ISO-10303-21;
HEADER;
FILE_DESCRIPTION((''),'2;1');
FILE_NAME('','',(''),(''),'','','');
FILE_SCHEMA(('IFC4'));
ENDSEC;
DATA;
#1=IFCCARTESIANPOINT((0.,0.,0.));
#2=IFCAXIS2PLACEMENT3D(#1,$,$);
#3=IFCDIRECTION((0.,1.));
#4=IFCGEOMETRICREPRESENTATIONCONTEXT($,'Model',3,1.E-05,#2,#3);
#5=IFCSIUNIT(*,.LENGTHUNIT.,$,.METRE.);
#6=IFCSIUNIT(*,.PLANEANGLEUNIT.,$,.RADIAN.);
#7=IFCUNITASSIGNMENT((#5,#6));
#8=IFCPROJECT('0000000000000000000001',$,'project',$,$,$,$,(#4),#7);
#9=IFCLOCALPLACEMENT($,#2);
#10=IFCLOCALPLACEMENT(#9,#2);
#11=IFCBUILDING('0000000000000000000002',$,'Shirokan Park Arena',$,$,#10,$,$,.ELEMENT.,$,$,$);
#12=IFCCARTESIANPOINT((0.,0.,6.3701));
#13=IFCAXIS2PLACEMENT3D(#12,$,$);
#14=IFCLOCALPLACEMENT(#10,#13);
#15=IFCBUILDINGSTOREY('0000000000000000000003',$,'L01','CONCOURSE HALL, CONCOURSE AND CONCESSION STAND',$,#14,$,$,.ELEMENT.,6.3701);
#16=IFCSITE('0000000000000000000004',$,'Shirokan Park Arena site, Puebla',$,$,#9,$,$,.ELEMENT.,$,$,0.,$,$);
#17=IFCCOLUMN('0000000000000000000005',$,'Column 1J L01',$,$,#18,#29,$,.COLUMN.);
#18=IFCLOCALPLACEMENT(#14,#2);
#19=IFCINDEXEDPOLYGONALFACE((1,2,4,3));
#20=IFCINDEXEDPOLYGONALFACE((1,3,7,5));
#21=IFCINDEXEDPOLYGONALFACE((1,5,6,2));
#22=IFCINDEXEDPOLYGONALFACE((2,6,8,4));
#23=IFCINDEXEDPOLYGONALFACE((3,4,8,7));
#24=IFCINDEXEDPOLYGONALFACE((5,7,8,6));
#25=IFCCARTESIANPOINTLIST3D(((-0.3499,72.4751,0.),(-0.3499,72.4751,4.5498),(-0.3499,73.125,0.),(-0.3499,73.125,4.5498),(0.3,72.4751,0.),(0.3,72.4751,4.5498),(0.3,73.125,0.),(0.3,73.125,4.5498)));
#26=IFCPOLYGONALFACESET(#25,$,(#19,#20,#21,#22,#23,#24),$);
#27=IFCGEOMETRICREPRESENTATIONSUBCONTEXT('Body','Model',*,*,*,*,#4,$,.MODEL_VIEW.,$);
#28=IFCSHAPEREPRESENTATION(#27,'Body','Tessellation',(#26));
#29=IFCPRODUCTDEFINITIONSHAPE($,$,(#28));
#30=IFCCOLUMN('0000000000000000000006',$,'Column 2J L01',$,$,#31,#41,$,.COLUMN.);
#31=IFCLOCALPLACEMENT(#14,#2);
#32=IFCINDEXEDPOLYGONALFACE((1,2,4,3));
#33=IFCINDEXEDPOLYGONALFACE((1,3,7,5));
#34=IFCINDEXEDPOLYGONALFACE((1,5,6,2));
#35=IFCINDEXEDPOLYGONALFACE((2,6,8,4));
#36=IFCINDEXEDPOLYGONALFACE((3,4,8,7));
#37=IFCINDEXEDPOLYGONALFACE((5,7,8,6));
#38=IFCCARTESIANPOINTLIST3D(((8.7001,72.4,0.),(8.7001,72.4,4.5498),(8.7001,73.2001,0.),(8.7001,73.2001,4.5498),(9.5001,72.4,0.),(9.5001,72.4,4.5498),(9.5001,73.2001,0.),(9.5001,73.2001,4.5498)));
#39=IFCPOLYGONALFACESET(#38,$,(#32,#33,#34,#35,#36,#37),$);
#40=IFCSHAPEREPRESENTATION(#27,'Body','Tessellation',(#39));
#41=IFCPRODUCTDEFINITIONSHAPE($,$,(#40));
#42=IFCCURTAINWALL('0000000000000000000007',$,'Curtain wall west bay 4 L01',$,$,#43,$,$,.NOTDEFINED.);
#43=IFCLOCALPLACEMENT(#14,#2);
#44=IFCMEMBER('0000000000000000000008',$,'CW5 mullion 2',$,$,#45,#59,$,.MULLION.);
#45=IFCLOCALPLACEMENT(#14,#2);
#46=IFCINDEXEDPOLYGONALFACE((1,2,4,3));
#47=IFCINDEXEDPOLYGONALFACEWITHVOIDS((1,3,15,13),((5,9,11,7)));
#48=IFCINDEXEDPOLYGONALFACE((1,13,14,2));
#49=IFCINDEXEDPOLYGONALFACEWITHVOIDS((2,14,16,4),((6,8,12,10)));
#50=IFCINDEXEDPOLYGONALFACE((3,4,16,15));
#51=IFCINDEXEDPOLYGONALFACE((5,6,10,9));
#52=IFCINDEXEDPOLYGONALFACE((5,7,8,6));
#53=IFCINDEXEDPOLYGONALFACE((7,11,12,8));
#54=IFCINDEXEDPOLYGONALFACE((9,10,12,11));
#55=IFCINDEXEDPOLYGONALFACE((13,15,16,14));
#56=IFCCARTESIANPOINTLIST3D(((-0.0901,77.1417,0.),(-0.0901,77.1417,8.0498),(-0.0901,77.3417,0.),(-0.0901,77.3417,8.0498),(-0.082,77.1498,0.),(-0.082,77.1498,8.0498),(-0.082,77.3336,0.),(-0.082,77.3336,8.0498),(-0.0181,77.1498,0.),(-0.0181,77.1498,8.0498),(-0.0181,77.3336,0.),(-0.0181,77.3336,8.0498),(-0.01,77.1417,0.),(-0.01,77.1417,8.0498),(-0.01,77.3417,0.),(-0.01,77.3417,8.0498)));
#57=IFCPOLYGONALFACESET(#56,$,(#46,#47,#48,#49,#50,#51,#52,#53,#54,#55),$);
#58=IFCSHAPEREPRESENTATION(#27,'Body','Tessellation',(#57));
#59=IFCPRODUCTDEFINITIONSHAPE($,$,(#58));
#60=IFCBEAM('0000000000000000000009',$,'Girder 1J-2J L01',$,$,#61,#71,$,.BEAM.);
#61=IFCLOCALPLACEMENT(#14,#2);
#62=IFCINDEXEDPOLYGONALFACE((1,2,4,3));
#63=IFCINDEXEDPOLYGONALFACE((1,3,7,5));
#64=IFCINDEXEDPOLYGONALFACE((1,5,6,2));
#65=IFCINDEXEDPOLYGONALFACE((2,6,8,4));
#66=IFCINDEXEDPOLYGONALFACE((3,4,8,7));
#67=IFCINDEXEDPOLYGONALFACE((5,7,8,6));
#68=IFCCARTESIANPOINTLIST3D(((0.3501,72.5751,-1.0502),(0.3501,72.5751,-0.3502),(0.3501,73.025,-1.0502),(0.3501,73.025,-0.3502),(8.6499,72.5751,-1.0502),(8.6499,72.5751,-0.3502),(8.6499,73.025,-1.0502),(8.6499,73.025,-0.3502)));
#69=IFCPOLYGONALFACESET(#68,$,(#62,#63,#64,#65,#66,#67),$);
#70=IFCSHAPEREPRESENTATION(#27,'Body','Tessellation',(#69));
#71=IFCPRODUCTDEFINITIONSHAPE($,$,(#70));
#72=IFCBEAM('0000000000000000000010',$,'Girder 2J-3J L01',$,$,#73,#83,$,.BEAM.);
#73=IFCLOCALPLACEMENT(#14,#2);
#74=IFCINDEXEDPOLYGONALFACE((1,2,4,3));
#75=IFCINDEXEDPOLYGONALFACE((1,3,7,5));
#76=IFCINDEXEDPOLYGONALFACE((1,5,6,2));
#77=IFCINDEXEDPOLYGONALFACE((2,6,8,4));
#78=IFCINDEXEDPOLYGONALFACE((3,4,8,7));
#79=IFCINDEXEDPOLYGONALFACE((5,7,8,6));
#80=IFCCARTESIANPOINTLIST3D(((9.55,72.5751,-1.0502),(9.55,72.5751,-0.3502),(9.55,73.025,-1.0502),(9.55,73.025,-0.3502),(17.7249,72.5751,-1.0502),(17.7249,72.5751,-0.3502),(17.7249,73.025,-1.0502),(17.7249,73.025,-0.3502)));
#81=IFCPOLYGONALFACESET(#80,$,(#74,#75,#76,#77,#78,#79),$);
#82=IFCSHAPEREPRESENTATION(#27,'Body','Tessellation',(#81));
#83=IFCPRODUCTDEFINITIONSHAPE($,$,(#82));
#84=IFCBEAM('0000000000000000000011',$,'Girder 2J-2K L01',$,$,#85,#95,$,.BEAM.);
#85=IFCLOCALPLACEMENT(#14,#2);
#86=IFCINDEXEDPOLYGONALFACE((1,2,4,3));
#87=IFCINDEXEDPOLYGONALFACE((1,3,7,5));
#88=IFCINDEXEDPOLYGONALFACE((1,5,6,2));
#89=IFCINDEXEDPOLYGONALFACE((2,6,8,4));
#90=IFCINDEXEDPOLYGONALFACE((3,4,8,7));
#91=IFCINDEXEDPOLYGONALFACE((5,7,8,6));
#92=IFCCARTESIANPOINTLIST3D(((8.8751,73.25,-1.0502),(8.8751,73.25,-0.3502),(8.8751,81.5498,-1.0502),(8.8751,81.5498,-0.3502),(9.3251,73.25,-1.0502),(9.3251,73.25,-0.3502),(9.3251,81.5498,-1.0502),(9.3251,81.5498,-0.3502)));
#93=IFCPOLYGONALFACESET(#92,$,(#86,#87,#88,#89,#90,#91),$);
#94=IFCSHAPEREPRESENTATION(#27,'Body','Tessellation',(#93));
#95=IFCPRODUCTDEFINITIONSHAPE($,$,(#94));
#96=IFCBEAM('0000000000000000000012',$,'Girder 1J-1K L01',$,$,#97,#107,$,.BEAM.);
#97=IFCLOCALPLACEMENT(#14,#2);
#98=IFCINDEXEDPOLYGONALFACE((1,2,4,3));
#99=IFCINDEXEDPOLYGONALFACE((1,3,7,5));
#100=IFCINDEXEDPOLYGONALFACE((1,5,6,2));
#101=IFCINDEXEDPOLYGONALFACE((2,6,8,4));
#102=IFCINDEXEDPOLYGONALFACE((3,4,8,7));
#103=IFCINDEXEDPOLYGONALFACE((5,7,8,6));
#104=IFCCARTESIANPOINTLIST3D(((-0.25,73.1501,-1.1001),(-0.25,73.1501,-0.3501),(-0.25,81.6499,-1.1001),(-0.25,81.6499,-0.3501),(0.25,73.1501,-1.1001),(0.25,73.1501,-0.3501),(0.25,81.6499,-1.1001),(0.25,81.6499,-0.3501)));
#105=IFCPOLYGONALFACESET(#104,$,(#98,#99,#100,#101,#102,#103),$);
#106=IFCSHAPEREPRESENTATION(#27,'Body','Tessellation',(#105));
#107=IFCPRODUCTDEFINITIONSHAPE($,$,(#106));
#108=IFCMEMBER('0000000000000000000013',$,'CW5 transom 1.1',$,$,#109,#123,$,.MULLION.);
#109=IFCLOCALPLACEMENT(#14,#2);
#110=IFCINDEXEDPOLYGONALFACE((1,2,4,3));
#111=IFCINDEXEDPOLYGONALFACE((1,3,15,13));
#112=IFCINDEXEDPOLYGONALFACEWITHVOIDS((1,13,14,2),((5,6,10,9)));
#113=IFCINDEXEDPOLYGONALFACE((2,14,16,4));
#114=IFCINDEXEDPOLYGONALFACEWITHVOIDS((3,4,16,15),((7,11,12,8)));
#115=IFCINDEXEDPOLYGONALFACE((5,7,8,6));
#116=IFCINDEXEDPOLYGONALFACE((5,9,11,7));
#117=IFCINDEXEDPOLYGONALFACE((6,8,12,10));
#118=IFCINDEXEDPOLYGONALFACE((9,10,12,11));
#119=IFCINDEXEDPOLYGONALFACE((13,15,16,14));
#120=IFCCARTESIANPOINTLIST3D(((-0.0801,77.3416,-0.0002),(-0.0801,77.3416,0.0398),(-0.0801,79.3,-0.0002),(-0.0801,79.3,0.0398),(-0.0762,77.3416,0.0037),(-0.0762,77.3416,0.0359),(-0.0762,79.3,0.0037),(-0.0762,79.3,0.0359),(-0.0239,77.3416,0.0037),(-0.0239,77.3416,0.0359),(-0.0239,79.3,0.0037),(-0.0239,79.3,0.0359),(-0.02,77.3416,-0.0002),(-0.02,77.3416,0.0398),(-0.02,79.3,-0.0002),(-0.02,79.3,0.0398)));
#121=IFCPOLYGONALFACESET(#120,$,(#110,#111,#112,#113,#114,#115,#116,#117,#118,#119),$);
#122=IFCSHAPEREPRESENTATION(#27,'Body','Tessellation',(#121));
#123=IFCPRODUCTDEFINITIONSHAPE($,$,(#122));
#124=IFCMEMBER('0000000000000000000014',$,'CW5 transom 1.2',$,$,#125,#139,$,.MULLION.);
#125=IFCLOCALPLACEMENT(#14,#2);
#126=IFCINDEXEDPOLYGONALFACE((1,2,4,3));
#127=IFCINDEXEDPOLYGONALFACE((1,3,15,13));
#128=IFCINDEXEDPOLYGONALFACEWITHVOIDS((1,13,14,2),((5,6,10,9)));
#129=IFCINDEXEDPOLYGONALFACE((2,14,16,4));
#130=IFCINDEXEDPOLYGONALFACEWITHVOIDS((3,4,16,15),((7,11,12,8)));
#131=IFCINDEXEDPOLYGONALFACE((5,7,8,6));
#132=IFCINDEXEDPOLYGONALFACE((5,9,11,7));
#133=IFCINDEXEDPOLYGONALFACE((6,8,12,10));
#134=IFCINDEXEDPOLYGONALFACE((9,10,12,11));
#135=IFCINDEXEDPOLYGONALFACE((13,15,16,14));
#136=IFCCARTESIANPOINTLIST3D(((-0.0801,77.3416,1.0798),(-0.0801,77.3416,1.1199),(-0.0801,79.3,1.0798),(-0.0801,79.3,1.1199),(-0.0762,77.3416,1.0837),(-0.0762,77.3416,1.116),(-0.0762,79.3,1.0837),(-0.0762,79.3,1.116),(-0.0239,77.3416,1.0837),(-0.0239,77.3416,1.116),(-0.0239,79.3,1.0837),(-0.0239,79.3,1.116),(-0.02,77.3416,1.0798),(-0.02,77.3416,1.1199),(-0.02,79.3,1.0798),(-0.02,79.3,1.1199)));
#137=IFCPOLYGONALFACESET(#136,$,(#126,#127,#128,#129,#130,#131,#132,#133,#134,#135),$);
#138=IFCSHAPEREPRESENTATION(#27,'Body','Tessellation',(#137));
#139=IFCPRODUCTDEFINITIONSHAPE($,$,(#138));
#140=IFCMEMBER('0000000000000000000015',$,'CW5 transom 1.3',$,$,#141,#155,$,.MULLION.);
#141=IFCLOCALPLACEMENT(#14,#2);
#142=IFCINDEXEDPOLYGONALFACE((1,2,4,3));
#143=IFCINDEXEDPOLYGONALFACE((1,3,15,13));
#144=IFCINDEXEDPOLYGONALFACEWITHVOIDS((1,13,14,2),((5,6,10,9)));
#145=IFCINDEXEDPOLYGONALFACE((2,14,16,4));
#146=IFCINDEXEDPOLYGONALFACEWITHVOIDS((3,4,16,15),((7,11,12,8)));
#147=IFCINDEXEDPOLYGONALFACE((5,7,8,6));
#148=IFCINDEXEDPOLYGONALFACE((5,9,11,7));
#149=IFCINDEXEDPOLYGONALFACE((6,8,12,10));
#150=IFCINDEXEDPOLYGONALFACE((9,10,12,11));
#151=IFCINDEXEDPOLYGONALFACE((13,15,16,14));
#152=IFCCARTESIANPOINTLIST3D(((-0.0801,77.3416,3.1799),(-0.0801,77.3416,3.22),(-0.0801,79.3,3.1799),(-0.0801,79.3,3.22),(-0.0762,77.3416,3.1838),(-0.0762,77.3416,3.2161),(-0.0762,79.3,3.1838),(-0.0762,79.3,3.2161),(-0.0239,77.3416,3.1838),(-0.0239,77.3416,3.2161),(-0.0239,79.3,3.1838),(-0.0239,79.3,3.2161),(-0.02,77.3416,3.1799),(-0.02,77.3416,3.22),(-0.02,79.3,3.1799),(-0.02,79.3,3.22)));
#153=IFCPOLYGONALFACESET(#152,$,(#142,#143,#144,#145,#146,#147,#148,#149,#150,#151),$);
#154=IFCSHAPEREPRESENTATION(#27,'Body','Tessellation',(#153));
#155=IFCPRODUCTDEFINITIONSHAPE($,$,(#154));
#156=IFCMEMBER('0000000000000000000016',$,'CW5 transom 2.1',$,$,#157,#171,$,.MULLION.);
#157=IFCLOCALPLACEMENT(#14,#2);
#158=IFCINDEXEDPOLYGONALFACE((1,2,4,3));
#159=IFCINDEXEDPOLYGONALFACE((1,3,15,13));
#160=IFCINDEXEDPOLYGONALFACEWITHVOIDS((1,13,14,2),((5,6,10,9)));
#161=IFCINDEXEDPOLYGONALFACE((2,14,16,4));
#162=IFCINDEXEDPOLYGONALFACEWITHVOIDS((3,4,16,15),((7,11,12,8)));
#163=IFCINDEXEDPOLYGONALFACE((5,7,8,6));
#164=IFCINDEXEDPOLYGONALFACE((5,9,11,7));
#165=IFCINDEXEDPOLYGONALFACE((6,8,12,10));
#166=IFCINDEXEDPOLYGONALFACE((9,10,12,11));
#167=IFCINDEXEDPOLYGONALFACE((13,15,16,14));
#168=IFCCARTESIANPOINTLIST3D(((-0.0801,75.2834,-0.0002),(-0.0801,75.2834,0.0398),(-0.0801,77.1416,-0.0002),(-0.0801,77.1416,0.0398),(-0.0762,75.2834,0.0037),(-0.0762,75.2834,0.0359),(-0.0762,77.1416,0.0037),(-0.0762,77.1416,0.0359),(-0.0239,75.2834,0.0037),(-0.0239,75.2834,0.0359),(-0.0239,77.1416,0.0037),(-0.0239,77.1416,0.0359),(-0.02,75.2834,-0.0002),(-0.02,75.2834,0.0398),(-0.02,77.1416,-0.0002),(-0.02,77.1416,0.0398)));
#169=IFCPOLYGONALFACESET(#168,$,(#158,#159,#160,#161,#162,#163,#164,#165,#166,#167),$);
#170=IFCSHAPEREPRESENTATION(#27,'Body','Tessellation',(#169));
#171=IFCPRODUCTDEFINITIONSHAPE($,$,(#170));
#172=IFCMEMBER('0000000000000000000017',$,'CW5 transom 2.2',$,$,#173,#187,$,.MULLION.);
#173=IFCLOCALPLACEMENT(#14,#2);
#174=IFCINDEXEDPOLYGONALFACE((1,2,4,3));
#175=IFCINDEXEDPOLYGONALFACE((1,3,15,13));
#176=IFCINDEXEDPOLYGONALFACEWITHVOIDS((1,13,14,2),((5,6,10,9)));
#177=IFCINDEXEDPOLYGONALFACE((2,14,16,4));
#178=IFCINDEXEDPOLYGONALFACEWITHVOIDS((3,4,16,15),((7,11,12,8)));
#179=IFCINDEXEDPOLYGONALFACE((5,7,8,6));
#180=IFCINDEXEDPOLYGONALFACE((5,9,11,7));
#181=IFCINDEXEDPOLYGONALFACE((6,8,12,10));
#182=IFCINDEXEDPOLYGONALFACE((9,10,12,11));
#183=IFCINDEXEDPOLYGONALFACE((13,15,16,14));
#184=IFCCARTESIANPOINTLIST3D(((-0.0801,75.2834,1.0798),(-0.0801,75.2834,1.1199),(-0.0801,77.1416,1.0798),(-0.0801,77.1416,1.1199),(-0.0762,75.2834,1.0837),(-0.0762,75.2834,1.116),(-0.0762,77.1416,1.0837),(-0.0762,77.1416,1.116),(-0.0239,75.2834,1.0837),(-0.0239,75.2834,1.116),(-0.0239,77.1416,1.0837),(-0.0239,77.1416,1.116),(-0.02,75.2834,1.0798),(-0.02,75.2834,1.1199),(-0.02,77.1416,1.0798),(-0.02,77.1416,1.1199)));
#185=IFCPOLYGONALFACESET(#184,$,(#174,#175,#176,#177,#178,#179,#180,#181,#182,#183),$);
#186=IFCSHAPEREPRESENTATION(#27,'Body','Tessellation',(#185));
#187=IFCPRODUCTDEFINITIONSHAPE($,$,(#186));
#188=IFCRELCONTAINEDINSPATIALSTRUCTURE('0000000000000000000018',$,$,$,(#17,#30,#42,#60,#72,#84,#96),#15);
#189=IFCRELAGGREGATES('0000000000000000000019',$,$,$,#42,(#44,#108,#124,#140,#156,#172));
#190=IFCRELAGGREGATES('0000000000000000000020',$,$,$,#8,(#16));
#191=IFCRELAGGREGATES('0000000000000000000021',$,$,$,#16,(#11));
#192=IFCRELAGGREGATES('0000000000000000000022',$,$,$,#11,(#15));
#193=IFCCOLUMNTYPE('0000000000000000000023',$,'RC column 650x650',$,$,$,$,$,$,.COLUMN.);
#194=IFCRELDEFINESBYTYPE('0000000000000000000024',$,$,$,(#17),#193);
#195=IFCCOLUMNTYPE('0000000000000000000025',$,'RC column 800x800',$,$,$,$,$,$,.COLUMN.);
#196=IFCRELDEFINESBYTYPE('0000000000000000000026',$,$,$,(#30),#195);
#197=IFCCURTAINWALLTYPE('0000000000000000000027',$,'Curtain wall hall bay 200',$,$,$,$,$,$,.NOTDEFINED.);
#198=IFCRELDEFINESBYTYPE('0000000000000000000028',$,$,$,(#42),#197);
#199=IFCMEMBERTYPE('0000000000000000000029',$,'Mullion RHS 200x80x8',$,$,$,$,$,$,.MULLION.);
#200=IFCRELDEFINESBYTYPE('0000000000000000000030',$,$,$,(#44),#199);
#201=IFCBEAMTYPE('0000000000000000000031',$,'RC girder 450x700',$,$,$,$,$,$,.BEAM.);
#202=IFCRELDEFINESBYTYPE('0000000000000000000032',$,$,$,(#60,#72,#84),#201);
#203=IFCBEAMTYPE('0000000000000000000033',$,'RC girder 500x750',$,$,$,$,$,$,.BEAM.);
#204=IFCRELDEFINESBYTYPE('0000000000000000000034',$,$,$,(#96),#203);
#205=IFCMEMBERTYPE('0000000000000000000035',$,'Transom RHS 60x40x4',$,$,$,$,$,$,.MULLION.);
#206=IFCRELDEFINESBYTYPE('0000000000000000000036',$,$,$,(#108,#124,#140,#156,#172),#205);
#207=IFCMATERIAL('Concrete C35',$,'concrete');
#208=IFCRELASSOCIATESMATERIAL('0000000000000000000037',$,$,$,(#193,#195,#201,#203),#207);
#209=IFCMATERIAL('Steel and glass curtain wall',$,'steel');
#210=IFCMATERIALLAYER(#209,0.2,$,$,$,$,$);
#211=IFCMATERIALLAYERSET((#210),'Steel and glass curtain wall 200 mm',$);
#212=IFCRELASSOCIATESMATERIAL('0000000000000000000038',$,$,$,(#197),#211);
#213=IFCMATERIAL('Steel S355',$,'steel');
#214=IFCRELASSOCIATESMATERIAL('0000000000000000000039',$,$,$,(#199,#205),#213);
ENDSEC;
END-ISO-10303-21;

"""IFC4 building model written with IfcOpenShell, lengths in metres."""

from ifc_helpers import new_model, si_unit, direction, frame, origin, origin_2d, place, context, subcontext, project, spatial, rectangle, hollow_rectangle, extrude, material, layer, layer_set, material_profile, profile_set, type_object, element, aggregate, save


model = new_model("IFC4")

# Units and contexts
model_context = context("Model", 3, precision=1e-05, world=origin(), true_north=direction((0.0, 1.0)))
body_context = subcontext(model_context, "Body", "Model", "MODEL_VIEW")
ifc_project = project(units=[si_unit("LENGTHUNIT", "METRE"), si_unit("PLANEANGLEUNIT", "RADIAN")], contexts=[model_context])

# Site, building, storey
site_placement = place(None, origin())
site = spatial("IfcSite", under=ifc_project, at=site_placement, Name="Shirokan Park Arena site, Puebla", CompositionType="ELEMENT", RefElevation=0.0)
building_placement = place(site_placement, origin())
building = spatial("IfcBuilding", under=site, at=building_placement, Name="Shirokan Park Arena", CompositionType="ELEMENT")
storey_placement = place(building_placement, frame((0.0, 0.0, 6.3701)))
storey = spatial("IfcBuildingStorey", under=building, at=storey_placement, Name="L01", Description="CONCOURSE HALL, CONCOURSE AND CONCESSION STAND", CompositionType="ELEMENT", Elevation=6.3701)

# Columns
ifc_material_1 = material(Name="Concrete C35", Category="concrete")
ifc_material_profile_1 = material_profile(ifc_material_1, rectangle(XDim=0.6499, YDim=0.6499, at=origin_2d()), Name="650x650")
ifc_profile_set_1 = profile_set([ifc_material_profile_1], Name="Concrete C35")
column_type_1 = type_object("IfcColumnType", Name="RC column 650x650", PredefinedType="COLUMN", material=ifc_profile_set_1)
column_1_placement = place(storey_placement, frame((-0.0249, 72.8, 0.0), z_axis=(0.0, 0.0, 1.0), x_axis=(1.0, 0.0, 0.0)))
element("IfcColumn", 1, at=column_1_placement, inside=storey, type_object=column_type_1, Name="Column 1J L01", PredefinedType="COLUMN", context=body_context, shape_type="SweptSolid", body=[
    extrude(rectangle(XDim=0.6499, YDim=0.6499, at=origin_2d()), origin(), (0.0, 0.0, 1.0), 4.5498),
])
ifc_material_profile_2 = material_profile(ifc_material_1, rectangle(XDim=0.8, YDim=0.8, at=origin_2d()), Name="800x800")
ifc_profile_set_2 = profile_set([ifc_material_profile_2], Name="Concrete C35")
column_type_2 = type_object("IfcColumnType", Name="RC column 800x800", PredefinedType="COLUMN", material=ifc_profile_set_2)
column_2_placement = place(storey_placement, frame((9.1001, 72.8, 0.0), z_axis=(0.0, 0.0, 1.0), x_axis=(1.0, 0.0, 0.0)))
element("IfcColumn", 2, at=column_2_placement, inside=storey, type_object=column_type_2, Name="Column 2J L01", PredefinedType="COLUMN", context=body_context, shape_type="SweptSolid", body=[
    extrude(rectangle(XDim=0.8, YDim=0.8, at=origin_2d()), origin(), (0.0, 0.0, 1.0), 4.5498),
])

# Curtain wall, member
ifc_material_2 = material(Name="Steel and glass curtain wall", Category="steel")
ifc_layer_1 = layer(ifc_material_2, 0.2)
ifc_layer_set_1 = layer_set([ifc_layer_1], Name="Steel and glass curtain wall 200 mm")
curtain_wall_type = type_object("IfcCurtainWallType", Name="Curtain wall hall bay 200", PredefinedType="NOTDEFINED", material=ifc_layer_set_1)
curtain_wall_placement = place(storey_placement, origin())
curtain_wall = element("IfcCurtainWall", 3, at=curtain_wall_placement, inside=storey, type_object=curtain_wall_type, Name="Curtain wall west bay 4 L01", PredefinedType="NOTDEFINED")
ifc_material_3 = material(Name="Steel S355", Category="steel")
ifc_material_profile_3 = material_profile(ifc_material_3, hollow_rectangle(XDim=0.0801, YDim=0.2, WallThickness=0.0081, at=origin_2d()), Name="RHS 200x80x8")
ifc_profile_set_3 = profile_set([ifc_material_profile_3], Name="Steel S355")
member_type_1 = type_object("IfcMemberType", Name="Mullion RHS 200x80x8", PredefinedType="MULLION", material=ifc_profile_set_3)
member_1_placement = place(storey_placement, frame((-0.05, 77.2417, 0.0), z_axis=(0.0, 0.0, 1.0), x_axis=(1.0, 0.0, 0.0)))
member_1 = element("IfcMember", 4, at=member_1_placement, type_object=member_type_1, Name="CW5 mullion 2", PredefinedType="MULLION", context=body_context, shape_type="SweptSolid", body=[
    extrude(hollow_rectangle(XDim=0.0801, YDim=0.2, WallThickness=0.0081, at=origin_2d()), origin(), (0.0, 0.0, 1.0), 8.0498),
])

# Beams
ifc_material_profile_4 = material_profile(ifc_material_1, rectangle(XDim=0.45, YDim=0.7, at=origin_2d()), Name="450x700")
ifc_profile_set_4 = profile_set([ifc_material_profile_4], Name="Concrete C35")
beam_type_1 = type_object("IfcBeamType", Name="RC girder 450x700", PredefinedType="BEAM", material=ifc_profile_set_4)
beam_1_placement = place(storey_placement, frame((0.3501, 72.8, -0.7002), z_axis=(1.0, 0.0, 0.0), x_axis=(0.0, 1.0, 0.0)))
element("IfcBeam", 5, at=beam_1_placement, inside=storey, type_object=beam_type_1, Name="Girder 1J-2J L01", PredefinedType="BEAM", context=body_context, shape_type="SweptSolid", body=[
    extrude(rectangle(XDim=0.45, YDim=0.7, at=origin_2d()), origin(), (0.0, 0.0, 1.0), 8.2998),
])
beam_2_placement = place(storey_placement, frame((9.55, 72.8, -0.7002), z_axis=(1.0, 0.0, 0.0), x_axis=(0.0, 1.0, 0.0)))
element("IfcBeam", 6, at=beam_2_placement, inside=storey, type_object=beam_type_1, Name="Girder 2J-3J L01", PredefinedType="BEAM", context=body_context, shape_type="SweptSolid", body=[
    extrude(rectangle(XDim=0.45, YDim=0.7, at=origin_2d()), origin(), (0.0, 0.0, 1.0), 8.1748),
])
beam_3_placement = place(storey_placement, frame((9.1001, 73.25, -0.7002), z_axis=(0.0, 1.0, 0.0), x_axis=(-1.0, 0.0, 0.0)))
element("IfcBeam", 7, at=beam_3_placement, inside=storey, type_object=beam_type_1, Name="Girder 2J-2K L01", PredefinedType="BEAM", context=body_context, shape_type="SweptSolid", body=[
    extrude(rectangle(XDim=0.45, YDim=0.7, at=origin_2d()), origin(), (0.0, 0.0, 1.0), 8.2998),
])
ifc_material_profile_5 = material_profile(ifc_material_1, rectangle(XDim=0.5, YDim=0.75, at=origin_2d()), Name="500x750")
ifc_profile_set_5 = profile_set([ifc_material_profile_5], Name="Concrete C35")
beam_type_2 = type_object("IfcBeamType", Name="RC girder 500x750", PredefinedType="BEAM", material=ifc_profile_set_5)
beam_4_placement = place(storey_placement, frame((0.0, 73.1501, -0.7251), z_axis=(0.0, 1.0, 0.0), x_axis=(-1.0, 0.0, 0.0)))
element("IfcBeam", 8, at=beam_4_placement, inside=storey, type_object=beam_type_2, Name="Girder 1J-1K L01", PredefinedType="BEAM", context=body_context, shape_type="SweptSolid", body=[
    extrude(rectangle(XDim=0.5, YDim=0.75, at=origin_2d()), origin(), (0.0, 0.0, 1.0), 8.4998),
])

# Members
ifc_material_profile_6 = material_profile(ifc_material_3, hollow_rectangle(XDim=0.0601, YDim=0.04, WallThickness=0.0039, at=origin_2d()), Name="RHS 60x40x4")
ifc_profile_set_6 = profile_set([ifc_material_profile_6], Name="Steel S355")
member_type_2 = type_object("IfcMemberType", Name="Transom RHS 60x40x4", PredefinedType="MULLION", material=ifc_profile_set_6)
member_2_placement = place(storey_placement, frame((-0.05, 79.3, 0.0198), z_axis=(0.0, -1.0, 0.0), x_axis=(1.0, 0.0, 0.0)))
member_2 = element("IfcMember", 9, at=member_2_placement, type_object=member_type_2, Name="CW5 transom 1.1", PredefinedType="MULLION", context=body_context, shape_type="SweptSolid", body=[
    extrude(hollow_rectangle(XDim=0.0601, YDim=0.04, WallThickness=0.0039, at=origin_2d()), origin(), (0.0, 0.0, 1.0), 1.9585),
])
member_3_placement = place(storey_placement, frame((-0.05, 79.3, 1.0999), z_axis=(0.0, -1.0, 0.0), x_axis=(1.0, 0.0, 0.0)))
member_3 = element("IfcMember", 10, at=member_3_placement, type_object=member_type_2, Name="CW5 transom 1.2", PredefinedType="MULLION", context=body_context, shape_type="SweptSolid", body=[
    extrude(hollow_rectangle(XDim=0.0601, YDim=0.04, WallThickness=0.0039, at=origin_2d()), origin(), (0.0, 0.0, 1.0), 1.9585),
])
member_4_placement = place(storey_placement, frame((-0.05, 79.3, 3.2), z_axis=(0.0, -1.0, 0.0), x_axis=(1.0, 0.0, 0.0)))
member_4 = element("IfcMember", 11, at=member_4_placement, type_object=member_type_2, Name="CW5 transom 1.3", PredefinedType="MULLION", context=body_context, shape_type="SweptSolid", body=[
    extrude(hollow_rectangle(XDim=0.0601, YDim=0.04, WallThickness=0.0039, at=origin_2d()), origin(), (0.0, 0.0, 1.0), 1.9585),
])
member_5_placement = place(storey_placement, frame((-0.05, 77.1416, 0.0198), z_axis=(0.0, -1.0, 0.0), x_axis=(1.0, 0.0, 0.0)))
member_5 = element("IfcMember", 12, at=member_5_placement, type_object=member_type_2, Name="CW5 transom 2.1", PredefinedType="MULLION", context=body_context, shape_type="SweptSolid", body=[
    extrude(hollow_rectangle(XDim=0.0601, YDim=0.04, WallThickness=0.0039, at=origin_2d()), origin(), (0.0, 0.0, 1.0), 1.8582),
])
member_6_placement = place(storey_placement, frame((-0.05, 77.1416, 1.0999), z_axis=(0.0, -1.0, 0.0), x_axis=(1.0, 0.0, 0.0)))
member_6 = element("IfcMember", 13, at=member_6_placement, type_object=member_type_2, Name="CW5 transom 2.2", PredefinedType="MULLION", context=body_context, shape_type="SweptSolid", body=[
    extrude(hollow_rectangle(XDim=0.0601, YDim=0.04, WallThickness=0.0039, at=origin_2d()), origin(), (0.0, 0.0, 1.0), 1.8582),
])

aggregate(curtain_wall, [member_1, member_2, member_3, member_4, member_5, member_6])

save(model, "model.ifc")
